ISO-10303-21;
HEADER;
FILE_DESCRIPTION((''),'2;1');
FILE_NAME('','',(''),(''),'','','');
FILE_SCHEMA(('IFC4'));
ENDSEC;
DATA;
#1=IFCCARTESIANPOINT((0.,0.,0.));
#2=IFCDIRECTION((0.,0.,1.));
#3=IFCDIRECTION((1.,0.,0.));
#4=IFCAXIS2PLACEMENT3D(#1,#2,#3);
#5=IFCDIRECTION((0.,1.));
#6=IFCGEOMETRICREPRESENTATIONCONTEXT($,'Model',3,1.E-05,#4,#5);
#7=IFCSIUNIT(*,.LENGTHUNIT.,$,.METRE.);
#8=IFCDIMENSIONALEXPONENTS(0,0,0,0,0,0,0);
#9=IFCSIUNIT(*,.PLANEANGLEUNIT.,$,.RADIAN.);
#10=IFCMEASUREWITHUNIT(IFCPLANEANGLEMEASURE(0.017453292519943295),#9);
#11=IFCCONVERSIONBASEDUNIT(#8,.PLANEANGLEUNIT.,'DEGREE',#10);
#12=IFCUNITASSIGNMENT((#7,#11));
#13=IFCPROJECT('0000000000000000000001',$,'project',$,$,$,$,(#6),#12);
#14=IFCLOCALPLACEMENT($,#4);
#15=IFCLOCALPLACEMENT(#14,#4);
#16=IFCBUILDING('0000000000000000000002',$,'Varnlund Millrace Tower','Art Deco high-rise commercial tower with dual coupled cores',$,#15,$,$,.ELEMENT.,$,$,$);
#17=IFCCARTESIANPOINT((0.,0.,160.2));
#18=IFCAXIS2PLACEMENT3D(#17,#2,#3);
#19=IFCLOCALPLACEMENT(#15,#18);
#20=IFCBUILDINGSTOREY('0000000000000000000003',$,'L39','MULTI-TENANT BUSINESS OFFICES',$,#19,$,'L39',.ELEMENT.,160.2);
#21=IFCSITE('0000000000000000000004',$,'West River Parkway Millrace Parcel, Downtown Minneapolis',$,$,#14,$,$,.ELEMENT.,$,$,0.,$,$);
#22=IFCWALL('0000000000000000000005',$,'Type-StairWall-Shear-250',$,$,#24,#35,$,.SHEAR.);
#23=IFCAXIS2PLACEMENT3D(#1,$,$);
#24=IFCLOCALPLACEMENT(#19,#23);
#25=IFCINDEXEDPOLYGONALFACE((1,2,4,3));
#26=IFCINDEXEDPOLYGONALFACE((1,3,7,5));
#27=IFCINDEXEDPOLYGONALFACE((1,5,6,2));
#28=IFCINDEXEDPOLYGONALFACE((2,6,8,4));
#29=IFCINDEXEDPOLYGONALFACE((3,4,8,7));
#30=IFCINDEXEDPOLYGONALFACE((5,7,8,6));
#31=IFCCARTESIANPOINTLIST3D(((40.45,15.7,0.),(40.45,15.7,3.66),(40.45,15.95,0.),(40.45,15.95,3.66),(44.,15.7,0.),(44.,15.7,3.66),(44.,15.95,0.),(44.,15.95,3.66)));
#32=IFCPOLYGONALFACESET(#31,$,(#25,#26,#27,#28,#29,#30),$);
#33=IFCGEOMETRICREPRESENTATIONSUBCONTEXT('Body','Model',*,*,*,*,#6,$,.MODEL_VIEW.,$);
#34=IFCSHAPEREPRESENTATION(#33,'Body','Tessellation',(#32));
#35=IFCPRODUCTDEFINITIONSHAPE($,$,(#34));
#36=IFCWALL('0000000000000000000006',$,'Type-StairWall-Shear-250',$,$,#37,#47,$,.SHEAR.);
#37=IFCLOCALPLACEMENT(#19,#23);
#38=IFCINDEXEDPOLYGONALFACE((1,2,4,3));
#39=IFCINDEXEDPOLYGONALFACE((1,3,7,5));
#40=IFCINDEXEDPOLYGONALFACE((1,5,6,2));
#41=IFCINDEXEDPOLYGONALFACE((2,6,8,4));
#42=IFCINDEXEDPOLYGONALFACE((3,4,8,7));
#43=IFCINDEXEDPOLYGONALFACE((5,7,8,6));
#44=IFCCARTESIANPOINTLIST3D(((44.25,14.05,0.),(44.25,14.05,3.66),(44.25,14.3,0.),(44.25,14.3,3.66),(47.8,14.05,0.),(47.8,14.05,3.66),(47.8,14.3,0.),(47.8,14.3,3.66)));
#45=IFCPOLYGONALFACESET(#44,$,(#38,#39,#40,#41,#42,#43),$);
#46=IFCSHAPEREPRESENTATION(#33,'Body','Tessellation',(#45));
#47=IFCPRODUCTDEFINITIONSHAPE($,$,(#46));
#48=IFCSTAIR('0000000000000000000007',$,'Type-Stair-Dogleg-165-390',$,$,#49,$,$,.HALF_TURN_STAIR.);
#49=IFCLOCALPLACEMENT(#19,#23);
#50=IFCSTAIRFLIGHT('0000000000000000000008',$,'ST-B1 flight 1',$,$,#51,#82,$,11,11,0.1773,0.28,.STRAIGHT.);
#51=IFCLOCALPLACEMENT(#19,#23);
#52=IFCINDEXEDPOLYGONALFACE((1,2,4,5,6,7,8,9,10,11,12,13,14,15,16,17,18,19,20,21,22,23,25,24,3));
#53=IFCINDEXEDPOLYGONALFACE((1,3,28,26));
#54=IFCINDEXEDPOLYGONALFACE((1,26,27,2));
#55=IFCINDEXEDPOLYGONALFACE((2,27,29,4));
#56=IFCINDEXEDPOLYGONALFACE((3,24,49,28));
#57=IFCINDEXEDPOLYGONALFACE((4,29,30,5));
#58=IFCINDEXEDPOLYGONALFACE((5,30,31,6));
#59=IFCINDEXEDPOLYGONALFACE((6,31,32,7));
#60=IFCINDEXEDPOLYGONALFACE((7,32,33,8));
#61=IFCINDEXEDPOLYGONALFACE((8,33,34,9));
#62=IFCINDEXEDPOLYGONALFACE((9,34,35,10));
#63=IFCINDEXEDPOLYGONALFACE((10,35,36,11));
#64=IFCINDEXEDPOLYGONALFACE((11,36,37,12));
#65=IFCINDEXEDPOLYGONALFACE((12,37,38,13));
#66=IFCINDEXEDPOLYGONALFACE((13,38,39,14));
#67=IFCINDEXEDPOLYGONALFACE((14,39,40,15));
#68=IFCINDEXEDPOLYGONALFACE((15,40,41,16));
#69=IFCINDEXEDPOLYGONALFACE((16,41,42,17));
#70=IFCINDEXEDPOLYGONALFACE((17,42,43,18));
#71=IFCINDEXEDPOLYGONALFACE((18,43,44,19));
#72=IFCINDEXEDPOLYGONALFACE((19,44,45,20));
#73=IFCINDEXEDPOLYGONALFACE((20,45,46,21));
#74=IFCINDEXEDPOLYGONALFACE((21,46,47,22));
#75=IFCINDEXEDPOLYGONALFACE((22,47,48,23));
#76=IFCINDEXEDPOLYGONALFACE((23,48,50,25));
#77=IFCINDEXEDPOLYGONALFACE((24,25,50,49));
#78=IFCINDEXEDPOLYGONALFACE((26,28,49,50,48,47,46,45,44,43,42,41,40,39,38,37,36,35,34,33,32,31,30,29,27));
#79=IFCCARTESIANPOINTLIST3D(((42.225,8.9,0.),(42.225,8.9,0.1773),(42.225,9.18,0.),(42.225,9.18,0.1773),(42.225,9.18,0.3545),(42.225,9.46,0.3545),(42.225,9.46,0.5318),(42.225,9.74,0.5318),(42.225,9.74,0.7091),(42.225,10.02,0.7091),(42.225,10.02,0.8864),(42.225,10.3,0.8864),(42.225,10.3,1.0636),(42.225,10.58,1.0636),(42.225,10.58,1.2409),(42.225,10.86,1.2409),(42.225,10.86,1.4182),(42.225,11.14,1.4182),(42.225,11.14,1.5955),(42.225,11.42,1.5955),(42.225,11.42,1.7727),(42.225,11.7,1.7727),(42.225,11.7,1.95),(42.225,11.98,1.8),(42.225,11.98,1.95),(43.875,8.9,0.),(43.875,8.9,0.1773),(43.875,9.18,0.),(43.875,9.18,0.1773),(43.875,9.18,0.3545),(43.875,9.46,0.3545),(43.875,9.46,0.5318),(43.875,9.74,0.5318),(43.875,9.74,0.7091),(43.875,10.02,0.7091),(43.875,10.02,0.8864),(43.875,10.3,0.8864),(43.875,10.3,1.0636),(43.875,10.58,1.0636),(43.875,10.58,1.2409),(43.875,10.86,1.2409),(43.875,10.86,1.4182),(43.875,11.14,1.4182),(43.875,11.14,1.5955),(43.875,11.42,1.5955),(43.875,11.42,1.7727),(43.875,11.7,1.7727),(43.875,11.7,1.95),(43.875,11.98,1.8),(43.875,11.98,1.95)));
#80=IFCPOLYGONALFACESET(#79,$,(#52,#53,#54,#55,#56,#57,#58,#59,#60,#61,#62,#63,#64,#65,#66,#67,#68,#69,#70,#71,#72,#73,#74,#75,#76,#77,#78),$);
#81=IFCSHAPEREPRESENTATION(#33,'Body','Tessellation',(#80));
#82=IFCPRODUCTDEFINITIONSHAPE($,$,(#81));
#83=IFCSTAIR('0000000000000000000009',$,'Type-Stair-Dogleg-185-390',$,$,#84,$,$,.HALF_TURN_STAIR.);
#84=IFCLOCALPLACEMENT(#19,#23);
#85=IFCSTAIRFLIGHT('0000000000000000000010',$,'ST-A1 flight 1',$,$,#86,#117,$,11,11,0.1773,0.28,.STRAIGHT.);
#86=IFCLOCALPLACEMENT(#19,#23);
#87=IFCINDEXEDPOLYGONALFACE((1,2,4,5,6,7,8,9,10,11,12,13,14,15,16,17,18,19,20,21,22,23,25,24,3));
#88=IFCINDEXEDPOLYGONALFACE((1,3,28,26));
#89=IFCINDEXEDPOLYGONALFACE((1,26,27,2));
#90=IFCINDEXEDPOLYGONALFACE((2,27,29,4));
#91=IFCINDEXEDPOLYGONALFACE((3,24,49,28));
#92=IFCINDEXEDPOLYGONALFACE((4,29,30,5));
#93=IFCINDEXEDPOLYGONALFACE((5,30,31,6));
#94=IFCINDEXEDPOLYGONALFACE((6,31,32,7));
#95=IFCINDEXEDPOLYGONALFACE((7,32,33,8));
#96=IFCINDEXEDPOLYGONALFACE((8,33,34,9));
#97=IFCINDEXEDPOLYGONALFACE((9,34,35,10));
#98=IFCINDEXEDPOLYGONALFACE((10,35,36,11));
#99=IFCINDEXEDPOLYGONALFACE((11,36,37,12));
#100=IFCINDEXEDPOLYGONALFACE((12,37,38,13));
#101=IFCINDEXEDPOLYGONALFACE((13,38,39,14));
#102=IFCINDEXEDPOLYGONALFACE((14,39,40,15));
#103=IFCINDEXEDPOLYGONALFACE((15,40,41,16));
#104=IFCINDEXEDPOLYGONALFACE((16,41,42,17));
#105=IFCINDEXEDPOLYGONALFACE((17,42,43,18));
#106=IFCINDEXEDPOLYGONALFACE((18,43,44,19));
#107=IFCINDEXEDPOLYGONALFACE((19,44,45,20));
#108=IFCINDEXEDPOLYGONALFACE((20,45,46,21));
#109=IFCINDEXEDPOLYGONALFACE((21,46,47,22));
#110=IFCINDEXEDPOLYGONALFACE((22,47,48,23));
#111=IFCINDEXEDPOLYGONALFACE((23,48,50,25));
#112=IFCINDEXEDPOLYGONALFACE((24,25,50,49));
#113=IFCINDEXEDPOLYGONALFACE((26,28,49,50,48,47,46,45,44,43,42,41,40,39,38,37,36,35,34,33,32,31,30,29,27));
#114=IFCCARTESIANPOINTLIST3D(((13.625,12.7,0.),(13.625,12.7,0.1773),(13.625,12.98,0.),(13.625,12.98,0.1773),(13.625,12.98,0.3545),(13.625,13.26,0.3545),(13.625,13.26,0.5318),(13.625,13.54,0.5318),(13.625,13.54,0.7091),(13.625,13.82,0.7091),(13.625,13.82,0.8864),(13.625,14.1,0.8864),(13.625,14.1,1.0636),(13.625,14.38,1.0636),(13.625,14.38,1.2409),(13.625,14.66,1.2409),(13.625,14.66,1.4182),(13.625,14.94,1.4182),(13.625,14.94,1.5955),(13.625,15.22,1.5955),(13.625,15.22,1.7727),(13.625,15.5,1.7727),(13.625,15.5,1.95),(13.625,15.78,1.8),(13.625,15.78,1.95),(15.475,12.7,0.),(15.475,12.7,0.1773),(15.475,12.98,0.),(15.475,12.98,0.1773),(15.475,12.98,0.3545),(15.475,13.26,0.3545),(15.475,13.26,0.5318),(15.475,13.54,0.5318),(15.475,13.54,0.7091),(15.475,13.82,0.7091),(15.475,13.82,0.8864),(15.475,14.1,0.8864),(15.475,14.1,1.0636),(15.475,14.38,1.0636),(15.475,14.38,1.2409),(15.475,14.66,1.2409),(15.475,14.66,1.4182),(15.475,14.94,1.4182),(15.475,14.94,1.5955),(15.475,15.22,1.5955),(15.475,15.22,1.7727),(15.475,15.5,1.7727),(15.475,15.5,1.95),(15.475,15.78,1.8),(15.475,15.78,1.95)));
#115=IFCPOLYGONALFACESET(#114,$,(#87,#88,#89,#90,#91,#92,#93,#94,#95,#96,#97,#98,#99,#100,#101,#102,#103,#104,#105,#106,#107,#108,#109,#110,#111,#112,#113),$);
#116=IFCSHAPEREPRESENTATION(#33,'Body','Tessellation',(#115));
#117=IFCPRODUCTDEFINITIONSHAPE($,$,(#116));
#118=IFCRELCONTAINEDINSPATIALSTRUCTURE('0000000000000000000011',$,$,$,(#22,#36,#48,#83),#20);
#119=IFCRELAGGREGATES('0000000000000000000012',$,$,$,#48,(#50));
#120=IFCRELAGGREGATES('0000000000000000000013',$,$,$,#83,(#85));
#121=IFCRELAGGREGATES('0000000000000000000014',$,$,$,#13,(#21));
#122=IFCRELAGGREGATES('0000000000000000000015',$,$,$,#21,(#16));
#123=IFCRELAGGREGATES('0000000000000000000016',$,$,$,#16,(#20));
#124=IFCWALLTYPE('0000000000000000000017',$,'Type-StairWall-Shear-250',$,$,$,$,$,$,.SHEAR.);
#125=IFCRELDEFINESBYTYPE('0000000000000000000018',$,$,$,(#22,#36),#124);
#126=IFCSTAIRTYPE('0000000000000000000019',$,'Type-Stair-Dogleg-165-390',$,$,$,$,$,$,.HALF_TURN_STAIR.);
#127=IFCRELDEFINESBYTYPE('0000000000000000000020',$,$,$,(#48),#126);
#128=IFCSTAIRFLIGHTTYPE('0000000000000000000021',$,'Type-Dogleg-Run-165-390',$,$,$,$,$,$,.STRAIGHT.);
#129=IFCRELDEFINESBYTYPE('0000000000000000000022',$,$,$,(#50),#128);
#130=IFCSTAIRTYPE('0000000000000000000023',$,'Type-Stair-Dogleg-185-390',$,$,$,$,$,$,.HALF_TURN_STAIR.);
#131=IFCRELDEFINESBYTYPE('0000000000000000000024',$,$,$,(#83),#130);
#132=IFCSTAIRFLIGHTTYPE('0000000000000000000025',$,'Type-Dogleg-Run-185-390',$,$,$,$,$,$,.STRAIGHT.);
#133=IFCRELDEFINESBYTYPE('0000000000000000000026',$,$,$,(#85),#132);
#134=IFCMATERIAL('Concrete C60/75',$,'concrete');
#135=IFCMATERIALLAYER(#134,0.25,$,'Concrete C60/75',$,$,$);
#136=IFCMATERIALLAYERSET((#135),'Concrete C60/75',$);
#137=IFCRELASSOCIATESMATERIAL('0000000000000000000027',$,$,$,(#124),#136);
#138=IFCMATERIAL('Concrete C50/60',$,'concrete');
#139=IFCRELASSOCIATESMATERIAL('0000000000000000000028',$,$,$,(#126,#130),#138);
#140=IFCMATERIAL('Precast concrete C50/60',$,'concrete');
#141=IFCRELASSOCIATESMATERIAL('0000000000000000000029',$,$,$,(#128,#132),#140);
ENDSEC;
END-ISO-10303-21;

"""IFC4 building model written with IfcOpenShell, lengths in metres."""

from ifc_helpers import new_model, entity, si_unit, converted_unit, direction, frame, origin_with_axes, place, context, subcontext, project, spatial, polyline, outline, extrude, material, layer, layer_set, type_object, element, aggregate, save


model = new_model("IFC4")

# Units and contexts
model_context = context("Model", 3, precision=1e-05, world=origin_with_axes(), true_north=direction((0.0, 1.0)))
body_context = subcontext(model_context, "Body", "Model", "MODEL_VIEW")
ifc_project = project(units=[si_unit("LENGTHUNIT", "METRE"), converted_unit("PLANEANGLEUNIT", "DEGREE", entity("IfcPlaneAngleMeasure", 0.017453292519943295), si_unit("PLANEANGLEUNIT", "RADIAN"), dimensions=[0, 0, 0, 0, 0, 0, 0])], contexts=[model_context])

# Site, building, storey
site_placement = place(None, origin_with_axes())
site = spatial("IfcSite", under=ifc_project, at=site_placement, Name="West River Parkway Millrace Parcel, Downtown Minneapolis", CompositionType="ELEMENT", RefElevation=0.0)
building_placement = place(site_placement, origin_with_axes())
building = spatial("IfcBuilding", under=site, at=building_placement, Name="Varnlund Millrace Tower", Description="Art Deco high-rise commercial tower with dual coupled cores", CompositionType="ELEMENT")
storey_placement = place(building_placement, frame((0.0, 0.0, 160.2), z_axis=(0.0, 0.0, 1.0), x_axis=(1.0, 0.0, 0.0)))
storey = spatial("IfcBuildingStorey", under=building, at=storey_placement, Name="L39", Description="MULTI-TENANT BUSINESS OFFICES", LongName="L39", CompositionType="ELEMENT", Elevation=160.2)

# Shared definitions
ifc_material_1 = material(Name="Concrete C60/75", Category="concrete")
ifc_layer_1 = layer(ifc_material_1, 0.25, Name="Concrete C60/75")
ifc_layer_set_1 = layer_set([ifc_layer_1], Name="Concrete C60/75")

# Walls
wall_type_1 = type_object("IfcWallType", Name="Type-StairWall-Shear-250", PredefinedType="SHEAR", material=ifc_layer_set_1)
for number, where, z_axis, x_axis, name in (
    (1, (40.45, 15.825, 0.0), (0.0, 0.0, 1.0), (1.0, 0.0, 0.0), "Type-StairWall-Shear-250"),
    (2, (44.25, 14.175, 0.0), (0.0, 0.0, 1.0), (1.0, 0.0, 0.0), "Type-StairWall-Shear-250"),
):
    element("IfcWall", number, at=place(storey_placement, frame(where, z_axis=z_axis, x_axis=x_axis)), inside=storey, type_object=wall_type_1, Name=name, PredefinedType="SHEAR", context=body_context, shape_type="SweptSolid", body=[
        extrude(outline(polyline([(0.0, -0.125), (3.55, -0.125), (3.55, 0.125), (0.0, 0.125), (0.0, -0.125)])), origin_with_axes(), (0.0, 0.0, 1.0), 3.66),
    ])

# Stairs, stair flights
ifc_material_2 = material(Name="Concrete C50/60", Category="concrete")
stair_type_1 = type_object("IfcStairType", Name="Type-Stair-Dogleg-165-390", PredefinedType="HALF_TURN_STAIR", material=ifc_material_2)
stair_1_placement = place(storey_placement, origin_with_axes())
stair_1 = element("IfcStair", 3, at=stair_1_placement, inside=storey, type_object=stair_type_1, Name="Type-Stair-Dogleg-165-390", PredefinedType="HALF_TURN_STAIR")
ifc_material_3 = material(Name="Precast concrete C50/60", Category="concrete")
stair_flight_type_1 = type_object("IfcStairFlightType", Name="Type-Dogleg-Run-165-390", PredefinedType="STRAIGHT", material=ifc_material_3)
stair_flight_1_placement = place(storey_placement, frame((42.225, 8.9, 0.0), z_axis=(1.0, 0.0, 0.0), x_axis=(0.0, 1.0, 0.0)))
stair_flight_1 = element("IfcStairFlight", 4, at=stair_flight_1_placement, type_object=stair_flight_type_1, Name="ST-B1 flight 1", NumberOfRisers=11, NumberOfTreads=11, PredefinedType="STRAIGHT", RiserHeight=0.1773, TreadLength=0.28, context=body_context, shape_type="SweptSolid", body=[
    extrude(outline(polyline([(0.0, 0.0), (0.0, 0.1773), (0.28, 0.1773), (0.28, 0.3545), (0.56, 0.3545), (0.56, 0.5318), (0.84, 0.5318), (0.84, 0.7091), (1.12, 0.7091), (1.12, 0.8864), (1.4, 0.8864), (1.4, 1.0636), (1.68, 1.0636), (1.68, 1.2409), (1.96, 1.2409), (1.96, 1.4182), (2.24, 1.4182), (2.24, 1.5955), (2.52, 1.5955), (2.52, 1.7727), (2.8, 1.7727), (2.8, 1.95), (3.08, 1.95), (3.08, 1.8), (0.28, 0.0), (0.0, 0.0)])), origin_with_axes(), (0.0, 0.0, 1.0), 1.65),
])
aggregate(stair_1, [stair_flight_1])
stair_type_2 = type_object("IfcStairType", Name="Type-Stair-Dogleg-185-390", PredefinedType="HALF_TURN_STAIR", material=ifc_material_2)
stair_2_placement = place(storey_placement, origin_with_axes())
stair_2 = element("IfcStair", 5, at=stair_2_placement, inside=storey, type_object=stair_type_2, Name="Type-Stair-Dogleg-185-390", PredefinedType="HALF_TURN_STAIR")
stair_flight_type_2 = type_object("IfcStairFlightType", Name="Type-Dogleg-Run-185-390", PredefinedType="STRAIGHT", material=ifc_material_3)
stair_flight_2_placement = place(storey_placement, frame((13.625, 12.7, 0.0), z_axis=(1.0, 0.0, 0.0), x_axis=(0.0, 1.0, 0.0)))
stair_flight_2 = element("IfcStairFlight", 6, at=stair_flight_2_placement, type_object=stair_flight_type_2, Name="ST-A1 flight 1", NumberOfRisers=11, NumberOfTreads=11, PredefinedType="STRAIGHT", RiserHeight=0.1773, TreadLength=0.28, context=body_context, shape_type="SweptSolid", body=[
    extrude(outline(polyline([(0.0, 0.0), (0.0, 0.1773), (0.28, 0.1773), (0.28, 0.3545), (0.56, 0.3545), (0.56, 0.5318), (0.84, 0.5318), (0.84, 0.7091), (1.12, 0.7091), (1.12, 0.8864), (1.4, 0.8864), (1.4, 1.0636), (1.68, 1.0636), (1.68, 1.2409), (1.96, 1.2409), (1.96, 1.4182), (2.24, 1.4182), (2.24, 1.5955), (2.52, 1.5955), (2.52, 1.7727), (2.8, 1.7727), (2.8, 1.95), (3.08, 1.95), (3.08, 1.8), (0.28, 0.0), (0.0, 0.0)])), origin_with_axes(), (0.0, 0.0, 1.0), 1.85),
])
aggregate(stair_2, [stair_flight_2])

save(model, "model.ifc")
